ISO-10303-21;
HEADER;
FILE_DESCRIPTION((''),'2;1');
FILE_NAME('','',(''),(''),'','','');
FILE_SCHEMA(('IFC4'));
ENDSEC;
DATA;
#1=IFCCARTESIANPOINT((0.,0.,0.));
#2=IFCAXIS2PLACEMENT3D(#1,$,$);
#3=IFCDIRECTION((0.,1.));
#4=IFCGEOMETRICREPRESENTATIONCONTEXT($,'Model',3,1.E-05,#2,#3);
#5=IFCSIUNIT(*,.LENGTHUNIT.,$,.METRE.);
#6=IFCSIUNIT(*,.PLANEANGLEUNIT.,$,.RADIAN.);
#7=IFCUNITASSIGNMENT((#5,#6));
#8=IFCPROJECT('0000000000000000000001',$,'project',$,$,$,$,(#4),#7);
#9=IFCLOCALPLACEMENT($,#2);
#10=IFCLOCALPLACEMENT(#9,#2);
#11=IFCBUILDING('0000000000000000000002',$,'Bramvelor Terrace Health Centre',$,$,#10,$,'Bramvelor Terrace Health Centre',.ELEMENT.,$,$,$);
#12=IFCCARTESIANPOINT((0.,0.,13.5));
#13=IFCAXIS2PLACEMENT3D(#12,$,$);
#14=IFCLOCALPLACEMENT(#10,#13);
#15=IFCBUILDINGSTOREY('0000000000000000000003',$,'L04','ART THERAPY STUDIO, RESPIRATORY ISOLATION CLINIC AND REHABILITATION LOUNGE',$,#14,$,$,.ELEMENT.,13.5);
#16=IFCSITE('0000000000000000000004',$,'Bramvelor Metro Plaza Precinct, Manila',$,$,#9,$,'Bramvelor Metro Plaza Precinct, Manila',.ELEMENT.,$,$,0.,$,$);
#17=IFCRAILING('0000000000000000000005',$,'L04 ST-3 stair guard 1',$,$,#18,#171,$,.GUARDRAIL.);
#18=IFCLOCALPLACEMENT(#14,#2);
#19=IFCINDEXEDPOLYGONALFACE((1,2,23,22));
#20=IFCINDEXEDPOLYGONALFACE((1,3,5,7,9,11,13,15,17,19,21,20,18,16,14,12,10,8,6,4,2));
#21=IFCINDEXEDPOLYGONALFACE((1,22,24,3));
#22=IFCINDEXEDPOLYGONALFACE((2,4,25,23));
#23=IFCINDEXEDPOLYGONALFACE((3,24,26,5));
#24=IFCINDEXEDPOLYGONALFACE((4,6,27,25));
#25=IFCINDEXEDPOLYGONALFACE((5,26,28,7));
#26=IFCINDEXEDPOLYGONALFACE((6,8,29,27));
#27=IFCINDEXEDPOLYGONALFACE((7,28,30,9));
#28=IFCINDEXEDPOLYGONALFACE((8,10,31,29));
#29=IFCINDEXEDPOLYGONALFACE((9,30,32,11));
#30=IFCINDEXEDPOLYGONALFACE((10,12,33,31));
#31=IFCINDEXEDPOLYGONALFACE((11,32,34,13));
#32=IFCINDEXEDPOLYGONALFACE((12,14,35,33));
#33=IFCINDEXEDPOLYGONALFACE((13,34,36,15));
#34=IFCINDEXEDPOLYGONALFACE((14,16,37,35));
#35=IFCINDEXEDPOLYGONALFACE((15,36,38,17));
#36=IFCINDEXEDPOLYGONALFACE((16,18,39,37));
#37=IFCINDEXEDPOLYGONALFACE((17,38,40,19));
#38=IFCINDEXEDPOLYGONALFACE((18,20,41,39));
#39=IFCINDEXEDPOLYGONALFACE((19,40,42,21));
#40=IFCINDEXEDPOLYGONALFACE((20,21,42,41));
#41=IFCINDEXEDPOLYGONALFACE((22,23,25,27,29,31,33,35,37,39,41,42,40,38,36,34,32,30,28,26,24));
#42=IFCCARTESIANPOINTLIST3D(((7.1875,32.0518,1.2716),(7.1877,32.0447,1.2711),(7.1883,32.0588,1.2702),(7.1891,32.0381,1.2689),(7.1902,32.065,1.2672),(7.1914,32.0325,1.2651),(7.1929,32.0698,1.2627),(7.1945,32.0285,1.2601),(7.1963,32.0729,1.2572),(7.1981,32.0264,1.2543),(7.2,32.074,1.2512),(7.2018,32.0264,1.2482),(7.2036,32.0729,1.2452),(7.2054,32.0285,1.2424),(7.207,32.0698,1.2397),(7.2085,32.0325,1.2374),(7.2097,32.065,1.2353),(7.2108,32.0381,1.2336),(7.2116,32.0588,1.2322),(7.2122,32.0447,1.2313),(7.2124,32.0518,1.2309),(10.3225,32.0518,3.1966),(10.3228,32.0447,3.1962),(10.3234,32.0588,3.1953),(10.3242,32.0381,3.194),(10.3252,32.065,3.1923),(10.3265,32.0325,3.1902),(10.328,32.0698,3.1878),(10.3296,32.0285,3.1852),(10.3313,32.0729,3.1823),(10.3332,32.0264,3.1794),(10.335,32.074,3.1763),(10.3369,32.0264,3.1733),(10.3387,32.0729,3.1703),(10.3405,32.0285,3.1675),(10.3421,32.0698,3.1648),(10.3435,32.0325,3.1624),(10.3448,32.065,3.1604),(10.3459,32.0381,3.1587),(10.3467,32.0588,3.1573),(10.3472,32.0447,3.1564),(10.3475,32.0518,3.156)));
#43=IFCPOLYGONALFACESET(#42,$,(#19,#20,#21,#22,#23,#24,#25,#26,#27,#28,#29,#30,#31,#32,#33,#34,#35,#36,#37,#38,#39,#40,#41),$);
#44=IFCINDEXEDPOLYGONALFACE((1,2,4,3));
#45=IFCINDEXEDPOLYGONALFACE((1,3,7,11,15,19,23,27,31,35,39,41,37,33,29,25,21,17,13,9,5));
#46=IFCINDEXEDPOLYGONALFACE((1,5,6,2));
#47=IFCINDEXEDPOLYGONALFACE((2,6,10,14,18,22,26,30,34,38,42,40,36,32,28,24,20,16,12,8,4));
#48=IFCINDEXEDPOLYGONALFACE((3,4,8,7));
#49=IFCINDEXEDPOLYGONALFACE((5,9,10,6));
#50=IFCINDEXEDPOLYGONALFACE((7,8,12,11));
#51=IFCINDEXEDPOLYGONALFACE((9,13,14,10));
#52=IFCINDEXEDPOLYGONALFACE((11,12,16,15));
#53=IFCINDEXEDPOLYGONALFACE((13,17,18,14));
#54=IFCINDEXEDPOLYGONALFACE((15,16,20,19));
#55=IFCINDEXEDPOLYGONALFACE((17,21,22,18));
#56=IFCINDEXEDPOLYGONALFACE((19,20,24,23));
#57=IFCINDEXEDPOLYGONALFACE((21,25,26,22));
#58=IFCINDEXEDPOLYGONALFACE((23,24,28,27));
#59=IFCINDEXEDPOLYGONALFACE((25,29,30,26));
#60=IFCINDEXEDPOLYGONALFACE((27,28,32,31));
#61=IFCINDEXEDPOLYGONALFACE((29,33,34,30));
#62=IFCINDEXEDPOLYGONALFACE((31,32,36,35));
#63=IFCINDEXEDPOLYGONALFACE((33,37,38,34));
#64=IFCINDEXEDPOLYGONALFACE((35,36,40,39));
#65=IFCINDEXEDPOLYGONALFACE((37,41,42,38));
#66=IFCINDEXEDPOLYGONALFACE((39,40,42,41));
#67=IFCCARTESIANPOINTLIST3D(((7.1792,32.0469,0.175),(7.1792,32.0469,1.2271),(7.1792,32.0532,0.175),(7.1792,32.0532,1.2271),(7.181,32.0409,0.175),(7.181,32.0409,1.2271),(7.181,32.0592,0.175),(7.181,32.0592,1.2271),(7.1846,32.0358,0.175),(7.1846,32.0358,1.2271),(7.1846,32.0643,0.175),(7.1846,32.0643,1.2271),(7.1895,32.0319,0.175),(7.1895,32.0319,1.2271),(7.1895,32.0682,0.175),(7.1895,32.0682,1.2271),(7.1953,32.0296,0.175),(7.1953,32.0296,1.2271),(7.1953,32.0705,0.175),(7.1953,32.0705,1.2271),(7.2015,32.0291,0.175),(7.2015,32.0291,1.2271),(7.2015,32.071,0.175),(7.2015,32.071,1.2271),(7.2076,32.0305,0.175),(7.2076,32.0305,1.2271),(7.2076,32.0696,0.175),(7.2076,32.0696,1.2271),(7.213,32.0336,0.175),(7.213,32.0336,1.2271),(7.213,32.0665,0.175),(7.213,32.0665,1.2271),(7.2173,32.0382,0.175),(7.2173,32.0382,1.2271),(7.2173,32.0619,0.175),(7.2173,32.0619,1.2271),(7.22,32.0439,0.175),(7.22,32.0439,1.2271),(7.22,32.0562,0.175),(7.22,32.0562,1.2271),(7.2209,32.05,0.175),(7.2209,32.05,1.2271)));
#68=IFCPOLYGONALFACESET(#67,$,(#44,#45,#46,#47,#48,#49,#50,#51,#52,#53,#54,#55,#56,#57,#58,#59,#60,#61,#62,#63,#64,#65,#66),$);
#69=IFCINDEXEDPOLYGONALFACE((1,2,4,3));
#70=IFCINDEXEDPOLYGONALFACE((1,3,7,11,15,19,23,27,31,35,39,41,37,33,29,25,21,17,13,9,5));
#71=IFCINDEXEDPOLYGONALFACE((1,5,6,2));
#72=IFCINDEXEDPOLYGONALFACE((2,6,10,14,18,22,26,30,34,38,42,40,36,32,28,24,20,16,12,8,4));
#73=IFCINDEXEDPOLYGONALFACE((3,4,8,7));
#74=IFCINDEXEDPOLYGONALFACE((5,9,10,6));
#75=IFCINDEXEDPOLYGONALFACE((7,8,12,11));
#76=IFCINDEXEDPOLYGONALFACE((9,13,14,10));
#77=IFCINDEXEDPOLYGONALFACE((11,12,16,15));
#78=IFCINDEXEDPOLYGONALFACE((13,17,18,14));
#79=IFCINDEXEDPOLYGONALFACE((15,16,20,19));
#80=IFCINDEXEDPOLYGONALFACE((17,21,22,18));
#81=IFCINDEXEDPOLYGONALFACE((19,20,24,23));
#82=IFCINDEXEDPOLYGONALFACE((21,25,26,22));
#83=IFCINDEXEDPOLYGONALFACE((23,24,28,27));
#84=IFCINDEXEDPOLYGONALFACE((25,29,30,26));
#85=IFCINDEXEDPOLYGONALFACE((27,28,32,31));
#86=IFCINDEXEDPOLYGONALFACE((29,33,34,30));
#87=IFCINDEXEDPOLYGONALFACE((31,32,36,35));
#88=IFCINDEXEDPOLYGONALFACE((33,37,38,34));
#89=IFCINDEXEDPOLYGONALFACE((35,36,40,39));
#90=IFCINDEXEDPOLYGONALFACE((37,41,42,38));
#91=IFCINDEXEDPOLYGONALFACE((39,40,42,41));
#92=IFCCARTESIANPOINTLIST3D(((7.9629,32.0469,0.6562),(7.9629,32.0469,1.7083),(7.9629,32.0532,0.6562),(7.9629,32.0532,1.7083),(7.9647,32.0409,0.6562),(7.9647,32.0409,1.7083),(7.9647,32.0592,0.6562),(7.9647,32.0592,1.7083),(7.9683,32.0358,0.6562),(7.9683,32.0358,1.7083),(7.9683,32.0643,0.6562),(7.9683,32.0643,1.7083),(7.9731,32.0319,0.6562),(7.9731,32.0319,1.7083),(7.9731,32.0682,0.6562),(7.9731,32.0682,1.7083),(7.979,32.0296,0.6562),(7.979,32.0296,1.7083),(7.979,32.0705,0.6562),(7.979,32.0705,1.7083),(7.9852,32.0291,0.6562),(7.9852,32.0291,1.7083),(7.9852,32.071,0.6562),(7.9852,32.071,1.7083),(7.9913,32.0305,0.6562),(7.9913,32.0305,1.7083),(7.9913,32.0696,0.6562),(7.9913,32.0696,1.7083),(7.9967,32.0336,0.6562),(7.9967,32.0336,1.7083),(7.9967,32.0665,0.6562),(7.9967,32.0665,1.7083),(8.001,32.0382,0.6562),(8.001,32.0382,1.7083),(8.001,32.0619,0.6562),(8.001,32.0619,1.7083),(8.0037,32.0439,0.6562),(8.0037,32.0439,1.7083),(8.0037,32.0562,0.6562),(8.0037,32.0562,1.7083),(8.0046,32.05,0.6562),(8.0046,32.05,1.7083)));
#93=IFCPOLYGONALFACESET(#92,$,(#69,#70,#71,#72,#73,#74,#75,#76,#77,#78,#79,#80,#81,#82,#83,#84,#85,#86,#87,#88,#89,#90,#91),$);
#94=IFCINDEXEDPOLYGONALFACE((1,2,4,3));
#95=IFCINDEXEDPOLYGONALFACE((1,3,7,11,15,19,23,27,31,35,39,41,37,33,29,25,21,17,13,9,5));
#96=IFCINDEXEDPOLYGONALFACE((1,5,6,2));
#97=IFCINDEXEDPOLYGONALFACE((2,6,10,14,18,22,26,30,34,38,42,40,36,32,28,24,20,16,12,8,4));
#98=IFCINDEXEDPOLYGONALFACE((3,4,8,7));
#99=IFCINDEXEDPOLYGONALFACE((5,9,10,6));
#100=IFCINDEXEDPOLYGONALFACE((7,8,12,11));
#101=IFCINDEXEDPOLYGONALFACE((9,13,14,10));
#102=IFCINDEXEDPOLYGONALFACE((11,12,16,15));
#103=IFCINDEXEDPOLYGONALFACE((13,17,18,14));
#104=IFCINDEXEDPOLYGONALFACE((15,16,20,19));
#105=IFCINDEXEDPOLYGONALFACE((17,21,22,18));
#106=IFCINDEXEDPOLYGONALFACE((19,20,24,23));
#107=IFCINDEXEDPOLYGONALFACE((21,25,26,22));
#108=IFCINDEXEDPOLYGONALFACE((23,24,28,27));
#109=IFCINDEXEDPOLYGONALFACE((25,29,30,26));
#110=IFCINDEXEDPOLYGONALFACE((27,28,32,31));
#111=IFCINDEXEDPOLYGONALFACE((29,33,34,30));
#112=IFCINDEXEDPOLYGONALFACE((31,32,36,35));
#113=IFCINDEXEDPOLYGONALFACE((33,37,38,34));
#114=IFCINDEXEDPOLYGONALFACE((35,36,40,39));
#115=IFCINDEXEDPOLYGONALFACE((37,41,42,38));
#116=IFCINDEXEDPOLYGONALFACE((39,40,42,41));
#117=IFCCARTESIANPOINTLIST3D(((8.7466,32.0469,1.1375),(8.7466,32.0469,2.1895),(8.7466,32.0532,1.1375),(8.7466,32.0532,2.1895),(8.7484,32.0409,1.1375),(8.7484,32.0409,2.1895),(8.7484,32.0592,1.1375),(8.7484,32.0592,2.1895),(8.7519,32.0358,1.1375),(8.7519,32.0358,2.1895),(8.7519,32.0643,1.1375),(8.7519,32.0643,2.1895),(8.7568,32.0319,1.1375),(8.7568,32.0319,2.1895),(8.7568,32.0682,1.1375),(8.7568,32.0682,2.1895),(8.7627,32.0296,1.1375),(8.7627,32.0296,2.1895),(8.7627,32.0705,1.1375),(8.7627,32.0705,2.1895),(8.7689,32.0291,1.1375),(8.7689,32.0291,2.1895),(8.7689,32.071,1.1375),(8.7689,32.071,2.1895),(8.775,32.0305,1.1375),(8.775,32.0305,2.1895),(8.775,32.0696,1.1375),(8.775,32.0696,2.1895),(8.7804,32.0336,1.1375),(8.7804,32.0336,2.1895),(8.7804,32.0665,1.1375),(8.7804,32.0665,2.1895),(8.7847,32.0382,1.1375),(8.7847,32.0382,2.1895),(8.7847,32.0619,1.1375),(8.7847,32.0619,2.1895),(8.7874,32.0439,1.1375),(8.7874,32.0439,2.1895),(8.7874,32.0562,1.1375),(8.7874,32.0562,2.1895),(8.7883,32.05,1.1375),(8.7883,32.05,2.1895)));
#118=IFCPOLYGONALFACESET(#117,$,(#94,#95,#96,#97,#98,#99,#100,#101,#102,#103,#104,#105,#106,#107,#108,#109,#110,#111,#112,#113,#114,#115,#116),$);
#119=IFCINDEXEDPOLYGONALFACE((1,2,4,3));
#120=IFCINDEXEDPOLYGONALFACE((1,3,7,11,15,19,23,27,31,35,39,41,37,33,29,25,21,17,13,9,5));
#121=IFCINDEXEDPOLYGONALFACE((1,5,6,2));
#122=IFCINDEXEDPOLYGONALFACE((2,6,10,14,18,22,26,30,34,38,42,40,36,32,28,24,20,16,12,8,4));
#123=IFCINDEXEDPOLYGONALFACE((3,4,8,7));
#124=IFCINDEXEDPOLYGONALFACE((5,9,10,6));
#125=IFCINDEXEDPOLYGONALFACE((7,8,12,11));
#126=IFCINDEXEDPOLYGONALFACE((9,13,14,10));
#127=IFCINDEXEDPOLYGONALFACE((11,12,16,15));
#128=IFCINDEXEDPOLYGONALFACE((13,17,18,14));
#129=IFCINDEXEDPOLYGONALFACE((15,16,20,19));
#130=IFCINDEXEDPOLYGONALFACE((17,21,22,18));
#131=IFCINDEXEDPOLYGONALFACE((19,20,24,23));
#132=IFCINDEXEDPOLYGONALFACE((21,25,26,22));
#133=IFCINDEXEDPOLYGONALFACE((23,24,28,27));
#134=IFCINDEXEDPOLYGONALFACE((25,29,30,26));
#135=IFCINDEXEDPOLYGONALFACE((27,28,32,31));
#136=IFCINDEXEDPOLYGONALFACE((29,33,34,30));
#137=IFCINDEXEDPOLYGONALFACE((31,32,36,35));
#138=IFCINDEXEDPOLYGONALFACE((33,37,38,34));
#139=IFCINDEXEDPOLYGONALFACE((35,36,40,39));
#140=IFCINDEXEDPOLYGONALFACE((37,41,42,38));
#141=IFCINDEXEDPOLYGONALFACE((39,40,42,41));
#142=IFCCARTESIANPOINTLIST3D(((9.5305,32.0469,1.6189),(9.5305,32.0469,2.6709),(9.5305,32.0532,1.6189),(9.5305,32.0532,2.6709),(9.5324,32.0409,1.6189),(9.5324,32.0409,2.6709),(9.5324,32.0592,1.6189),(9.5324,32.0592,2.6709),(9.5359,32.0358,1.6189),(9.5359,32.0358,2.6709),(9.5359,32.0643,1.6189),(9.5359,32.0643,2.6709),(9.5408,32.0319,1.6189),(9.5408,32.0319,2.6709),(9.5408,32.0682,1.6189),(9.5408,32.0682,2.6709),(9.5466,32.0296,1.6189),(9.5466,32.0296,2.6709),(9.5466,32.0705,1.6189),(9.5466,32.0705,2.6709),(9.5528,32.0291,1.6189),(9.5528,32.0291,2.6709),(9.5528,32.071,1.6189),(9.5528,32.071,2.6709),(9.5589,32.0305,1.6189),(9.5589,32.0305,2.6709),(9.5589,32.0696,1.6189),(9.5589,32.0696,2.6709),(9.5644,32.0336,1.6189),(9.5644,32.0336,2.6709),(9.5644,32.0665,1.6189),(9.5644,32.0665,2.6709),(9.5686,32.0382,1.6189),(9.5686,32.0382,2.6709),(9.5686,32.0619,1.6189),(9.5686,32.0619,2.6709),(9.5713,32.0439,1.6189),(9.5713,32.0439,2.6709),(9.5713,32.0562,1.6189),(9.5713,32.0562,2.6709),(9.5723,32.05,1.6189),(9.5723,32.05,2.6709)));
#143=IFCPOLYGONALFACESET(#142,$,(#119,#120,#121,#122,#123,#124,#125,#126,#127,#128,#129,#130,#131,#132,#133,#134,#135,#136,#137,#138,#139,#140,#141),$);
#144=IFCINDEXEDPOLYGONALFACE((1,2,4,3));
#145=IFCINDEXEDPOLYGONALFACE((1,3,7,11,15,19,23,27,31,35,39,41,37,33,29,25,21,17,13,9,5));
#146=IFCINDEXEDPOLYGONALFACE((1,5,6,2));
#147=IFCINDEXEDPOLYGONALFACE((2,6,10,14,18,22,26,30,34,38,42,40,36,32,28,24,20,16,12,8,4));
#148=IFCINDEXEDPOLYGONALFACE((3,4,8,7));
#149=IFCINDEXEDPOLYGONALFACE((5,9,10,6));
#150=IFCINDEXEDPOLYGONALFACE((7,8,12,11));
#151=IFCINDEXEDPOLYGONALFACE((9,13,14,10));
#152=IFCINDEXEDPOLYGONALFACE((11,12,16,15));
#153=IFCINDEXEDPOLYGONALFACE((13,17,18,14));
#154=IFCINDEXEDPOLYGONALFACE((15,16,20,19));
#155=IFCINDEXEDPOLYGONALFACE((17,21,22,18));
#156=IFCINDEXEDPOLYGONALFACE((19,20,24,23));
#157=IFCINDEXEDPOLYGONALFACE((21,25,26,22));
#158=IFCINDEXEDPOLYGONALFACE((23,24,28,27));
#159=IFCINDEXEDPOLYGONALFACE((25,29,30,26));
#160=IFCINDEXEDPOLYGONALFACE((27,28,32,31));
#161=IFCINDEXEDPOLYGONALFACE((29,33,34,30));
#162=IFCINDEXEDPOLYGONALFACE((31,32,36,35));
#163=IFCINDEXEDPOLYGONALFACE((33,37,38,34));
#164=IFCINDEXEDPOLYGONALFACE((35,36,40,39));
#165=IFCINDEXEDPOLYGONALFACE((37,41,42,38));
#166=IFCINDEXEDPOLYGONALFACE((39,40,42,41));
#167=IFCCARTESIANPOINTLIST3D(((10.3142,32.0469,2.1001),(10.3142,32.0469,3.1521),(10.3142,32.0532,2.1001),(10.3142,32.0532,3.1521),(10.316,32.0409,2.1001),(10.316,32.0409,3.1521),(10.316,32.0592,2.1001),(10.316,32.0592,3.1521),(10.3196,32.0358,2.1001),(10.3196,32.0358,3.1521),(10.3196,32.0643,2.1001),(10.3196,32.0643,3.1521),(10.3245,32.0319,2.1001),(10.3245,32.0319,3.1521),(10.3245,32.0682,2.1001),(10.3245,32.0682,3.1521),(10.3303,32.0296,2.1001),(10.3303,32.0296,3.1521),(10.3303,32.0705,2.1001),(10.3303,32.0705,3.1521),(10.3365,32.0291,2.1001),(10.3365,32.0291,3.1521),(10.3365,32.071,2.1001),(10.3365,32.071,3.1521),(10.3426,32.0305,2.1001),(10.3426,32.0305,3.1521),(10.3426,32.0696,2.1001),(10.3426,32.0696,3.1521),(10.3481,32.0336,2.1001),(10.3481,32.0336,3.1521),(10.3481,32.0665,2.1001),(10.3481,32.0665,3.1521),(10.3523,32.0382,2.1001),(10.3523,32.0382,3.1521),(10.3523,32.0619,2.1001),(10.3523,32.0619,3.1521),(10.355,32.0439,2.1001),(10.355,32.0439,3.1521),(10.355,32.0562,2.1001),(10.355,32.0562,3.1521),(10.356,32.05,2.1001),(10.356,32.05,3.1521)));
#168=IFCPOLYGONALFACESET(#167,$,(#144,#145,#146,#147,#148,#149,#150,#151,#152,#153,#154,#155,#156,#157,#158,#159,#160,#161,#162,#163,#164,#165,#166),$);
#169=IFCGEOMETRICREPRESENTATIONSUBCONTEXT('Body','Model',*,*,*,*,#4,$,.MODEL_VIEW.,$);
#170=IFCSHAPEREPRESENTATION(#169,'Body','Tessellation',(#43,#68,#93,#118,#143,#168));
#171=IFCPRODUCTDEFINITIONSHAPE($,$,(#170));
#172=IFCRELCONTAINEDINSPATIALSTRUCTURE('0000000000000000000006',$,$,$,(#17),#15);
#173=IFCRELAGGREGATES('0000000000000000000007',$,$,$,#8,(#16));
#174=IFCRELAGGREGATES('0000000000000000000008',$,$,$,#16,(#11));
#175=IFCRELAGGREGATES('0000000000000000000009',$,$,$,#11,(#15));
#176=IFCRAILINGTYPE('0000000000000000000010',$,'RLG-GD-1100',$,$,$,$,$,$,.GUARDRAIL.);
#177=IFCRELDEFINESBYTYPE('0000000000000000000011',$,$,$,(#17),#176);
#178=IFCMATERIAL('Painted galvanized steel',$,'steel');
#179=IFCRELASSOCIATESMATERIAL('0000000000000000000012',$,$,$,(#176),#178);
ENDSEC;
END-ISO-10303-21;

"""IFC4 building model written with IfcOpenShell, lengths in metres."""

from ifc_helpers import new_model, si_unit, direction, frame, origin, origin_2d, place, context, subcontext, project, spatial, circle, extrude, material, type_object, element, save


model = new_model("IFC4")

# Units and contexts
model_context = context("Model", 3, precision=1e-05, world=origin(), true_north=direction((0.0, 1.0)))
body_context = subcontext(model_context, "Body", "Model", "MODEL_VIEW")
ifc_project = project(units=[si_unit("LENGTHUNIT", "METRE"), si_unit("PLANEANGLEUNIT", "RADIAN")], contexts=[model_context])

# Site, building, storey
site_placement = place(None, origin())
site = spatial("IfcSite", under=ifc_project, at=site_placement, Name="Bramvelor Metro Plaza Precinct, Manila", LongName="Bramvelor Metro Plaza Precinct, Manila", CompositionType="ELEMENT", RefElevation=0.0)
building_placement = place(site_placement, origin())
building = spatial("IfcBuilding", under=site, at=building_placement, Name="Bramvelor Terrace Health Centre", LongName="Bramvelor Terrace Health Centre", CompositionType="ELEMENT")
storey_placement = place(building_placement, frame((0.0, 0.0, 13.5)))
storey = spatial("IfcBuildingStorey", under=building, at=storey_placement, Name="L04", Description="ART THERAPY STUDIO, RESPIRATORY ISOLATION CLINIC AND REHABILITATION LOUNGE", CompositionType="ELEMENT", Elevation=13.5)

# Railing
ifc_material_1 = material(Name="Painted galvanized steel", Category="steel")
railing_type_1 = type_object("IfcRailingType", Name="RLG-GD-1100", PredefinedType="GUARDRAIL", material=ifc_material_1)
railing_1_placement = place(storey_placement, frame((7.2, 32.05, 0.175)))
element("IfcRailing", 1, at=railing_1_placement, inside=storey, type_object=railing_type_1, Name="L04 ST-3 stair guard 1", PredefinedType="GUARDRAIL", context=body_context, shape_type="SweptSolid", body=[
    extrude(circle(Radius=0.0239, at=origin_2d()), frame((0.0, 0.0, 1.0762), z_axis=(0.852166, 0.0, 0.523271), x_axis=(0.0, 1.0, 0.0)), (0.0, 0.0, 1.0), 3.679),
    extrude(circle(Radius=0.021, at=origin_2d()), origin(), (0.0, 0.0, 1.0), 1.052),
    extrude(circle(Radius=0.021, at=origin_2d()), frame((0.7837, 0.0, 0.4812)), (0.0, 0.0, 1.0), 1.052),
    extrude(circle(Radius=0.021, at=origin_2d()), frame((1.5674, 0.0, 0.9624)), (0.0, 0.0, 1.0), 1.052),
    extrude(circle(Radius=0.021, at=origin_2d()), frame((2.3513, 0.0, 1.4438)), (0.0, 0.0, 1.0), 1.052),
    extrude(circle(Radius=0.021, at=origin_2d()), frame((3.135, 0.0, 1.925)), (0.0, 0.0, 1.0), 1.052),
])

save(model, "model.ifc")
